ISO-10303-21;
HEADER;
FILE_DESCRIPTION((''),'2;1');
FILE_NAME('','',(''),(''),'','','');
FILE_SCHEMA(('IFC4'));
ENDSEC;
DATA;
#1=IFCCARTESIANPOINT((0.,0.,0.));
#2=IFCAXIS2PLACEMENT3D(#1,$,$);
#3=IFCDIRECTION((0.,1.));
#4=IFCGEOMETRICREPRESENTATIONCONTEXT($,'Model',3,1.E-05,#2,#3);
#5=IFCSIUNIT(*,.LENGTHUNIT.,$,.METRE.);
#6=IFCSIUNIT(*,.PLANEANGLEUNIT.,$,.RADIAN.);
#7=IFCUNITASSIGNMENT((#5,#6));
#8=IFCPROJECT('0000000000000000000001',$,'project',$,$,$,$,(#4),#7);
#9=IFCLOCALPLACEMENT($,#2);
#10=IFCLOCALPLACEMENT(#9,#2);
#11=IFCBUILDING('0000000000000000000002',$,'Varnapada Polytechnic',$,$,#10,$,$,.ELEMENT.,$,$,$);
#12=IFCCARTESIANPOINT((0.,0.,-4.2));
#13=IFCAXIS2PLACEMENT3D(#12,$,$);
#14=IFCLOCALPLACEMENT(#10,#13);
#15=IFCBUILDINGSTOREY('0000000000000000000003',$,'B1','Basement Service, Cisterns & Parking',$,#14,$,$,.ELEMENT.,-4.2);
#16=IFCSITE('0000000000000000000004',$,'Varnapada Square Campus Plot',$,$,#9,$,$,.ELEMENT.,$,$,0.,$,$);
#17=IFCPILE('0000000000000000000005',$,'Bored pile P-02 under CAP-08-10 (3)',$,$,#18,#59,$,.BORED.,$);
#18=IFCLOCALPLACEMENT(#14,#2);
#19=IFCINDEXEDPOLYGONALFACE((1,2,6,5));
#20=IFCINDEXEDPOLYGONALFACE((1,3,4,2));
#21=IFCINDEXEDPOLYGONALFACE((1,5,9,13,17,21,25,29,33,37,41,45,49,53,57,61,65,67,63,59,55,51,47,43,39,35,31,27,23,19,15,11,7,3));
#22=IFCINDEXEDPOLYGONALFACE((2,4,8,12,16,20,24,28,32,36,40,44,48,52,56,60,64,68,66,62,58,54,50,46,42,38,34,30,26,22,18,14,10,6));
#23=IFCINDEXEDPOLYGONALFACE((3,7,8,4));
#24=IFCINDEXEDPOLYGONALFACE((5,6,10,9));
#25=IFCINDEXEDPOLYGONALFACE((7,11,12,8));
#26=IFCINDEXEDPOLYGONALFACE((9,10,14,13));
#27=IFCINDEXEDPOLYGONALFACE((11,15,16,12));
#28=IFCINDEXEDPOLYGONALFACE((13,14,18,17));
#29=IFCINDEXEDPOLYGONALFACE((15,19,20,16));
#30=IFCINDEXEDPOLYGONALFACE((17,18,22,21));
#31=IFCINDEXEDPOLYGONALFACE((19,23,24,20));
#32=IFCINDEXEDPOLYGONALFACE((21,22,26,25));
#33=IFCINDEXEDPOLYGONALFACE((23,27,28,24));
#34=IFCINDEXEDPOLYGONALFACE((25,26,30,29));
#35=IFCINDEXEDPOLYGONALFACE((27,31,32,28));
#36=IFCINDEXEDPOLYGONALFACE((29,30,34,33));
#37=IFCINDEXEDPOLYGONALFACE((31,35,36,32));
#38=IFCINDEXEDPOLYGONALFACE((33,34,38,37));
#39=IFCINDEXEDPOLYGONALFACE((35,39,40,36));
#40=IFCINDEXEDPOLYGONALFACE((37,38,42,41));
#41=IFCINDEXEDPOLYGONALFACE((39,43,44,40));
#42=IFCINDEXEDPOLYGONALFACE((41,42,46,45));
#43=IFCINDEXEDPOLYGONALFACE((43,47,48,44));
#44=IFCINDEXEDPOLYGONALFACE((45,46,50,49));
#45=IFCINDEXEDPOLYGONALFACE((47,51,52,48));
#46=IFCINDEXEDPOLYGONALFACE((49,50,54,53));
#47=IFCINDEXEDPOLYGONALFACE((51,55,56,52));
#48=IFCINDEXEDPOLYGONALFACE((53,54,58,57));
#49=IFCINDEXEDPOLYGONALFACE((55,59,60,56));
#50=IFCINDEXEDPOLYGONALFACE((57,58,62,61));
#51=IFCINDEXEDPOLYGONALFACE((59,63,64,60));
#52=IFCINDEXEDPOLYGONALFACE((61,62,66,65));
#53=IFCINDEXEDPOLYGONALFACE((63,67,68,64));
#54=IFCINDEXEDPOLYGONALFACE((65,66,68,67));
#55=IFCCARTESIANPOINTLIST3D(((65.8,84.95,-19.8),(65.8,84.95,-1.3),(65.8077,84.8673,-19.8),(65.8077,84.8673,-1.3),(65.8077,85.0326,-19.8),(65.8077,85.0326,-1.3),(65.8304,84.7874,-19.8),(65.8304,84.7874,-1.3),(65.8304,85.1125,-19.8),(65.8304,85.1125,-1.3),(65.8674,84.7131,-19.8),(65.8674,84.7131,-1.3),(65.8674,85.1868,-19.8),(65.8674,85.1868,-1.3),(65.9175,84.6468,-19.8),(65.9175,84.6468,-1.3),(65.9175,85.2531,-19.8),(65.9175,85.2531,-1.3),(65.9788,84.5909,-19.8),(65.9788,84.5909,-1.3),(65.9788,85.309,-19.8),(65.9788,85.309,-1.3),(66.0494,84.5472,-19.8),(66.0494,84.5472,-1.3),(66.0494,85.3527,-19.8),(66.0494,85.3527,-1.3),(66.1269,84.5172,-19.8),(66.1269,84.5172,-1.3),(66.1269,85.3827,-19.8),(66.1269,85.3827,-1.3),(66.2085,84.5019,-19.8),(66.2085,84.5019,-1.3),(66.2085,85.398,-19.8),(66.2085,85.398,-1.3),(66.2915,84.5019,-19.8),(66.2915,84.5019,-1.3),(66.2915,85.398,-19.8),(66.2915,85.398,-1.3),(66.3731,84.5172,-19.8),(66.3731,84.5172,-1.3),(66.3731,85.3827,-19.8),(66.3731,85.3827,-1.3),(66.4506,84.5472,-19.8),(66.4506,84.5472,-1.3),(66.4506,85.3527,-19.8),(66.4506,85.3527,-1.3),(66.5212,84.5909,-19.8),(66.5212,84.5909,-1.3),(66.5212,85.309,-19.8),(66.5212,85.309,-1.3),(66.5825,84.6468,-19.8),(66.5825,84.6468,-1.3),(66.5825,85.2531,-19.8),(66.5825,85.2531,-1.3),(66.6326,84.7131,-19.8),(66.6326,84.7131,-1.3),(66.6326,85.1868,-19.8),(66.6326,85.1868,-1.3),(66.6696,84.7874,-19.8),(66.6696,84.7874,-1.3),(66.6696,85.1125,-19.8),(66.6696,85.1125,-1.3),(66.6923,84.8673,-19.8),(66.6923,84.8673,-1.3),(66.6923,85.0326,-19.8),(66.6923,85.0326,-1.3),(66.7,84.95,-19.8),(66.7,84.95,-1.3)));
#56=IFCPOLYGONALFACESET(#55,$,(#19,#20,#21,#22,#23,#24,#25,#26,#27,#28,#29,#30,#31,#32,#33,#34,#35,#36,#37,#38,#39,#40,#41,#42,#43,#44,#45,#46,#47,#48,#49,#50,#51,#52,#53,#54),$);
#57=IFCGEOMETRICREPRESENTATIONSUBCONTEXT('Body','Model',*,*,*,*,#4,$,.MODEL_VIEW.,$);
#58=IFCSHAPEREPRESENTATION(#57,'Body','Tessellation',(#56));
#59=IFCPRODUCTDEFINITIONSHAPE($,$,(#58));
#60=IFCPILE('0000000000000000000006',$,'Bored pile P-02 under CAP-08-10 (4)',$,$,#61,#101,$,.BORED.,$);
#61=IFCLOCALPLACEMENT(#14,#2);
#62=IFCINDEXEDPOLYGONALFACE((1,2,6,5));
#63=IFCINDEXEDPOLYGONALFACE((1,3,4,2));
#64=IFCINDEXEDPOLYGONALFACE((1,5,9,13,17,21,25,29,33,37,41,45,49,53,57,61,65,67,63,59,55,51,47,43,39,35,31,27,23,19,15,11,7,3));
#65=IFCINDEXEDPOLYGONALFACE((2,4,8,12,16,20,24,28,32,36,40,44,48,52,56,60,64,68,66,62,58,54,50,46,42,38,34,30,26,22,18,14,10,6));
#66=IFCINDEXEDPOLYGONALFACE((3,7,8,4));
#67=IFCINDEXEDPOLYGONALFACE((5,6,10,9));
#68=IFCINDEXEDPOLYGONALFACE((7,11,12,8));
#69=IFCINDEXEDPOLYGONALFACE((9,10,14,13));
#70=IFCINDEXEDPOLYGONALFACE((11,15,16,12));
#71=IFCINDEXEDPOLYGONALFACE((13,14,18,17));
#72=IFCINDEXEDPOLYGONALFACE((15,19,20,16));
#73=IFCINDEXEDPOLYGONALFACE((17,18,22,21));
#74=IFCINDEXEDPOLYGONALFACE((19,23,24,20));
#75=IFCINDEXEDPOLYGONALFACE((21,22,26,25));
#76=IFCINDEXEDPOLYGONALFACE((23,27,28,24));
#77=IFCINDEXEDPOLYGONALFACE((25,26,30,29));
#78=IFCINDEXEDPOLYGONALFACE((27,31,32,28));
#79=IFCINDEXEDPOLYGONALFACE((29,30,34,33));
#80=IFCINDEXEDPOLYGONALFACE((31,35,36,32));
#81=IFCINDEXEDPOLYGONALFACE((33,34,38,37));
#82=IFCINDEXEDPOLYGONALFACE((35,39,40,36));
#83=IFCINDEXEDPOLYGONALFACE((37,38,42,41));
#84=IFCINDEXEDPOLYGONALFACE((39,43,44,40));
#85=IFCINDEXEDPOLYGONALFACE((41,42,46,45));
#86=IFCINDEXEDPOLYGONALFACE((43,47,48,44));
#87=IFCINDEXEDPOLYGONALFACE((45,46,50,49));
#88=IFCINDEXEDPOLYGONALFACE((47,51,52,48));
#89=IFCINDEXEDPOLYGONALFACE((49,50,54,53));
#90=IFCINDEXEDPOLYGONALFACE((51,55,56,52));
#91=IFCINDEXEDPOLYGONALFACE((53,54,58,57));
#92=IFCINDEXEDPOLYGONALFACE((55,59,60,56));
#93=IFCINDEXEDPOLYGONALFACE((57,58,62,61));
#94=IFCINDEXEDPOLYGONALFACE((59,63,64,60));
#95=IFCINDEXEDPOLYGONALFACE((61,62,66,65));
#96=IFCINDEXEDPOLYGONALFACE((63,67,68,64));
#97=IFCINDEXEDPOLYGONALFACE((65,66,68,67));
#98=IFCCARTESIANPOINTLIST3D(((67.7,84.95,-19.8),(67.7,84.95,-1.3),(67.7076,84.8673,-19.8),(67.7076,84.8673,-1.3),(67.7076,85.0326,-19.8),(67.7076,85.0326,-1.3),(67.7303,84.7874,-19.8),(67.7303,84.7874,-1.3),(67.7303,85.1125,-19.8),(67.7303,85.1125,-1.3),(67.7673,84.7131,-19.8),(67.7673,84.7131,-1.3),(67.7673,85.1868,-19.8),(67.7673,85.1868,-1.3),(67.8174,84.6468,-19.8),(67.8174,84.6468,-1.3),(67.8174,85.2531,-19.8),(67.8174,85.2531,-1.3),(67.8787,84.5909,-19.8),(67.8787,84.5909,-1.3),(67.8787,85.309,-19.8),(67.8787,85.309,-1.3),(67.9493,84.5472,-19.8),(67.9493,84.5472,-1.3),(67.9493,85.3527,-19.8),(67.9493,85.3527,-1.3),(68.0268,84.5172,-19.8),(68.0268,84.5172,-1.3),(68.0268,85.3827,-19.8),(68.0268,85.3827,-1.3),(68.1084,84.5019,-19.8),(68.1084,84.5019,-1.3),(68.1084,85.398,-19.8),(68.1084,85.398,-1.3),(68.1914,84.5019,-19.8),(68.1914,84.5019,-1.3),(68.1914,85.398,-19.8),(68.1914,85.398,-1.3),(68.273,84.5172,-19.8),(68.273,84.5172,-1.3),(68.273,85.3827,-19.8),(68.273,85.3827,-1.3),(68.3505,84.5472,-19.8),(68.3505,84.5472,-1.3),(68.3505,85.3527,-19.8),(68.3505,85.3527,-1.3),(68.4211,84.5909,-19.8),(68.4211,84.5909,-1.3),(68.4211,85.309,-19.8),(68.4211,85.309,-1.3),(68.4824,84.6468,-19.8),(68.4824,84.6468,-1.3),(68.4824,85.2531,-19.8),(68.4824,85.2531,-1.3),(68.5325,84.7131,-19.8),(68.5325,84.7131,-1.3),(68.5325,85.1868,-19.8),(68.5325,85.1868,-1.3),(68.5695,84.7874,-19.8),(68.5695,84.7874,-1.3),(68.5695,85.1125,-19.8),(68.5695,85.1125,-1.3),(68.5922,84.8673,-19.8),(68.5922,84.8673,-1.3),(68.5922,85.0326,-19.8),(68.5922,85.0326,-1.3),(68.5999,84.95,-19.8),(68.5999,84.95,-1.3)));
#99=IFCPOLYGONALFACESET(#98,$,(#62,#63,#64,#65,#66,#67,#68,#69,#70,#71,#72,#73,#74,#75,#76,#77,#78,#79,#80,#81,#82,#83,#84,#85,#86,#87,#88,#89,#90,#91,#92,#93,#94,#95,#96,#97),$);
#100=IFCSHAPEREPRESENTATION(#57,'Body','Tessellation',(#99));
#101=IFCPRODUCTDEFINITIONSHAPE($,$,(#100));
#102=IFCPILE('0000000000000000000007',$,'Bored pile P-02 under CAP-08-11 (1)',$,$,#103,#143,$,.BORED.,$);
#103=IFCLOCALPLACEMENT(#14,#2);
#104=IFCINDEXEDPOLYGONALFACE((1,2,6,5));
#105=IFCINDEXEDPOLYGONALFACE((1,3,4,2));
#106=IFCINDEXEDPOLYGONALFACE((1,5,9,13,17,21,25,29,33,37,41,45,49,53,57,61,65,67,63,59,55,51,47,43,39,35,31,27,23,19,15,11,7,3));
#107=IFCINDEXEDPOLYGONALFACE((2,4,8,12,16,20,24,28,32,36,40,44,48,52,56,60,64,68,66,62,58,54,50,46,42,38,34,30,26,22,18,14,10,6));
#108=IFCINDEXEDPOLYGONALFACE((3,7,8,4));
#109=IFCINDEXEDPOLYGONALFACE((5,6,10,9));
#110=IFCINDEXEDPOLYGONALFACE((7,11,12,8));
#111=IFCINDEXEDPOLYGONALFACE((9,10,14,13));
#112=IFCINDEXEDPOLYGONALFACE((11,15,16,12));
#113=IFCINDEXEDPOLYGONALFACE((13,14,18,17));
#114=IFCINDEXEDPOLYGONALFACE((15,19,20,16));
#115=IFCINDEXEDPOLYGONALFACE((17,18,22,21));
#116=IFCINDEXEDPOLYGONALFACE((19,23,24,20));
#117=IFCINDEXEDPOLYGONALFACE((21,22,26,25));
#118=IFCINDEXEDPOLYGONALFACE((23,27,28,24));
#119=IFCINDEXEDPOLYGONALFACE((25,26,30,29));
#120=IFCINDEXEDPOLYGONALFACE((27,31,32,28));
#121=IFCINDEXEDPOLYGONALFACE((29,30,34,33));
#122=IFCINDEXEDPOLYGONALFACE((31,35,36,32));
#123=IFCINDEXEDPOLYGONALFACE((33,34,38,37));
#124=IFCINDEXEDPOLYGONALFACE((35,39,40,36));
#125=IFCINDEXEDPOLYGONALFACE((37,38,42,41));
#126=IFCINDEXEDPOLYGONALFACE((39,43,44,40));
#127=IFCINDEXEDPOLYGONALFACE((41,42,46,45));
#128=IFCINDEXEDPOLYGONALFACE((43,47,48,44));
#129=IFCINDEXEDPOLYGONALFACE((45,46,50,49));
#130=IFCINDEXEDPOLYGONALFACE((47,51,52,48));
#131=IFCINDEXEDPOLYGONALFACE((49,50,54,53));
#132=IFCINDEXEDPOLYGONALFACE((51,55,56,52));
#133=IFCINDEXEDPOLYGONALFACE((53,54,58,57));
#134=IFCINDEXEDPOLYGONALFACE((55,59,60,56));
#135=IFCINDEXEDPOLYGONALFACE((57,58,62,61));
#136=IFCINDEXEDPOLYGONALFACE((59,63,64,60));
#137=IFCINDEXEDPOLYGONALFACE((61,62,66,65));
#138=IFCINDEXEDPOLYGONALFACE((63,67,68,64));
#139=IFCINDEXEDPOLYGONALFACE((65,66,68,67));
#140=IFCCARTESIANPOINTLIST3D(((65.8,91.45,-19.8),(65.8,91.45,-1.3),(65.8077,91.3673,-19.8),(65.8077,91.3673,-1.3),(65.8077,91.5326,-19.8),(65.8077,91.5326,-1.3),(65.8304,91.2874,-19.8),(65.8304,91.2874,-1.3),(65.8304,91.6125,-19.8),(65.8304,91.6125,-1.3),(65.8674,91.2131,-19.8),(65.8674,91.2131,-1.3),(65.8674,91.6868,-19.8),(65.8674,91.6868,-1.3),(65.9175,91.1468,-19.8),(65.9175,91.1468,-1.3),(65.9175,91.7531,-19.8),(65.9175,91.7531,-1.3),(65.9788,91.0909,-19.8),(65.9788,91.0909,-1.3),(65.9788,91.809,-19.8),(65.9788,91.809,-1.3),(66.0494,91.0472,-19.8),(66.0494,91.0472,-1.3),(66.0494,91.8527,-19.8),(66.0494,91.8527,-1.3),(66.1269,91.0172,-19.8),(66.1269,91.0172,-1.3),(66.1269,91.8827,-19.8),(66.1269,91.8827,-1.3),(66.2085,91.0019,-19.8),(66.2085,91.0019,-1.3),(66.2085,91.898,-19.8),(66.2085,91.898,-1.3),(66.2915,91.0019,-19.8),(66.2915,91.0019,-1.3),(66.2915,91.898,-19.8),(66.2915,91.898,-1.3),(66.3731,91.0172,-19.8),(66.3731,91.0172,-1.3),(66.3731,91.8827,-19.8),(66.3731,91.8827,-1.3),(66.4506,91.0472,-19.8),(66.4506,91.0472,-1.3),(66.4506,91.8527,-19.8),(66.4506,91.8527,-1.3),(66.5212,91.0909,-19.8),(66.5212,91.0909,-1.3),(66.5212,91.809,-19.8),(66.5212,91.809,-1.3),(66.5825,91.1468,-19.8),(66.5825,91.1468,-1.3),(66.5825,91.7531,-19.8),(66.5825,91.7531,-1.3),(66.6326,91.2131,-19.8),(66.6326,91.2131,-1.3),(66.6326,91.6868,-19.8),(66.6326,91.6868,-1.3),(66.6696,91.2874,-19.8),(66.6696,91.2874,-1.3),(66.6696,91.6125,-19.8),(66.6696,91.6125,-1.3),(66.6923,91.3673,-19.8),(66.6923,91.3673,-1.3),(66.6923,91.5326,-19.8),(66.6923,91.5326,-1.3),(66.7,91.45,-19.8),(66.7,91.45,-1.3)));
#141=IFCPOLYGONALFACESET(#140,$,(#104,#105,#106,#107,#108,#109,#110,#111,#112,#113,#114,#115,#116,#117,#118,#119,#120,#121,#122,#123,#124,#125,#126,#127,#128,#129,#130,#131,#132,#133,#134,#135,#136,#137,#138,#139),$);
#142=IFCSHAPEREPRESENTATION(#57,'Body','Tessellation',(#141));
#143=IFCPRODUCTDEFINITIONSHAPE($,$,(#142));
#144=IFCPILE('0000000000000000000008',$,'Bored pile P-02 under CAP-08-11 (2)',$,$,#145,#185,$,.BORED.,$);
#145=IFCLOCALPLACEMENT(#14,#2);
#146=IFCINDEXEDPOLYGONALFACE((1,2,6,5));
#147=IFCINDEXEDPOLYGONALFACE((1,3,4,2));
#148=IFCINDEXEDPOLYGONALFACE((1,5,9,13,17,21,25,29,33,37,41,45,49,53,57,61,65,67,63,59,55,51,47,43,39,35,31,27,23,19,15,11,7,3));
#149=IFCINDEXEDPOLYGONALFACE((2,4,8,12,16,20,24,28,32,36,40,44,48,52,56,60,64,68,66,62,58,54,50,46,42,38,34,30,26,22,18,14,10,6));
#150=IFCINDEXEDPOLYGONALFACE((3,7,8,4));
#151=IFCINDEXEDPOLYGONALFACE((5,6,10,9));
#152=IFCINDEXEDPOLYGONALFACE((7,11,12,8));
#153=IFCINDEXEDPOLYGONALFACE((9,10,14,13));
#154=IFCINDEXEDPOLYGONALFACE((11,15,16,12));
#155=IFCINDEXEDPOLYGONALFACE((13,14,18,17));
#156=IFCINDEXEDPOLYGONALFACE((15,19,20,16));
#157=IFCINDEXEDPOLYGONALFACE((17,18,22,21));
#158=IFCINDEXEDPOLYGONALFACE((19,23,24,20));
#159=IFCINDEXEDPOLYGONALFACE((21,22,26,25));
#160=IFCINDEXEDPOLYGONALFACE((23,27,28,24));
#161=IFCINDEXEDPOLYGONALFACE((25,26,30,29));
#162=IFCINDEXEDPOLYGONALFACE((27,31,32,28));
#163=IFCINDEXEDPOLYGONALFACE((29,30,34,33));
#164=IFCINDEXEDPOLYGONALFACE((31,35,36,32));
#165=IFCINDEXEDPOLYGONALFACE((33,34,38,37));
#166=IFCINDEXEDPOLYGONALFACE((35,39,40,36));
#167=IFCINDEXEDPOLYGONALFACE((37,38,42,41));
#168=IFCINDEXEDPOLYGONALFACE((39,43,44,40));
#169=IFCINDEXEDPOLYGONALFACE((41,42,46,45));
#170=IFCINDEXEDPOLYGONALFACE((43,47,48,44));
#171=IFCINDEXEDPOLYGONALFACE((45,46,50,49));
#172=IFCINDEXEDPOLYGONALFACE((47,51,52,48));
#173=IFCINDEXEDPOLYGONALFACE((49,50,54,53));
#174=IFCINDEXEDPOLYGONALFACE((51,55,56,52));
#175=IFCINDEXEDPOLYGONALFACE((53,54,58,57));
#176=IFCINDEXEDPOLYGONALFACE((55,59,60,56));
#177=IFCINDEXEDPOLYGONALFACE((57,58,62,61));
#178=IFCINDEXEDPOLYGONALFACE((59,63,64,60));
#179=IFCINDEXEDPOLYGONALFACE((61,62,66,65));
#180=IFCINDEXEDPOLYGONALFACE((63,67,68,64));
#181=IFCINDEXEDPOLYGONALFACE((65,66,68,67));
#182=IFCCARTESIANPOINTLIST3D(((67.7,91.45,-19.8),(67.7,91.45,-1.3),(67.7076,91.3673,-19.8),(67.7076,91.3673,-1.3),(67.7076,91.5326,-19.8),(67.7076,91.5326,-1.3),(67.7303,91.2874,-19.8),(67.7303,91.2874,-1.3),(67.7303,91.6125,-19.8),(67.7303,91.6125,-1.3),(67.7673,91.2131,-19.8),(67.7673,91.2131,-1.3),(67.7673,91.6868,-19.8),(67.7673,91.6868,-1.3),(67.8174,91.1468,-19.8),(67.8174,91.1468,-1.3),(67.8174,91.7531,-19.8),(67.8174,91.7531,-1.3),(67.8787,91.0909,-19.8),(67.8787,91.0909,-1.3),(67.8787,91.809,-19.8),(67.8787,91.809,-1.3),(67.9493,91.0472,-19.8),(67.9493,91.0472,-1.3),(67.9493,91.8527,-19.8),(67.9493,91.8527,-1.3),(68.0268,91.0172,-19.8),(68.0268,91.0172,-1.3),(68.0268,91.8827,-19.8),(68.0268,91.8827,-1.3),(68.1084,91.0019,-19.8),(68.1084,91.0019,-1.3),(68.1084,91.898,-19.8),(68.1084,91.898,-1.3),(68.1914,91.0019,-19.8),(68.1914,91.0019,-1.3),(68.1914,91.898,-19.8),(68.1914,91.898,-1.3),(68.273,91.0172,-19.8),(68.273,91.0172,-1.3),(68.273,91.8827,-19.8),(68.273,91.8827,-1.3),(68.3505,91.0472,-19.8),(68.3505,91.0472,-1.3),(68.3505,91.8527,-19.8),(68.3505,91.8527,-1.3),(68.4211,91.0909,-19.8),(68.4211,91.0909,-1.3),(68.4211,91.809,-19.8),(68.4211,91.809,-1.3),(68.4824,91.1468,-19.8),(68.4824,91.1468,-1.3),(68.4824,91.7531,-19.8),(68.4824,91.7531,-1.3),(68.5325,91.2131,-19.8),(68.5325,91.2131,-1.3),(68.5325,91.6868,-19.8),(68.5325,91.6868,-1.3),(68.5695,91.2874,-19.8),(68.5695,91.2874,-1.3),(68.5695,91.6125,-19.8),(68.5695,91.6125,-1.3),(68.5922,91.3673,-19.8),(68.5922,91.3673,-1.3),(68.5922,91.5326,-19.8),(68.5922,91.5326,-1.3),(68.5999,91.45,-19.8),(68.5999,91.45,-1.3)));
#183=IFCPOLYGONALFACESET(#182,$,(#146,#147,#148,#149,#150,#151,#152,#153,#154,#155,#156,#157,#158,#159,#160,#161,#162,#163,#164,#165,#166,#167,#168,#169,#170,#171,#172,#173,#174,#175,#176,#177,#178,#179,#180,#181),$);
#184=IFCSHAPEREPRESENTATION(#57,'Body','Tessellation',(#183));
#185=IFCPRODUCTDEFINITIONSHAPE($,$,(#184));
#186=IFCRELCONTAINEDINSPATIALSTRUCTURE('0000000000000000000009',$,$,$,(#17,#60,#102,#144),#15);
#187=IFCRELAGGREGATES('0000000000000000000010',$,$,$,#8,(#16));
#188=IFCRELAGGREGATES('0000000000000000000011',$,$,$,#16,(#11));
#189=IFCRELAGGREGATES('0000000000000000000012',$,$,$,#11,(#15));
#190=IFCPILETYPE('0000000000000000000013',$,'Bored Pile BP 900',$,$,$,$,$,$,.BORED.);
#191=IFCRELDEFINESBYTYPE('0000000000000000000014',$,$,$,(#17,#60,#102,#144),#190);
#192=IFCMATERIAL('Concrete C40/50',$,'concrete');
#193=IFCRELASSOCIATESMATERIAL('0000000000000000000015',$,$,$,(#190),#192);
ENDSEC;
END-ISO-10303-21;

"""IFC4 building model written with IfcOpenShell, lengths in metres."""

from ifc_helpers import new_model, si_unit, direction, frame, origin, origin_2d, place, context, subcontext, project, spatial, circle, extrude, material, material_profile, profile_set, type_object, element, save


model = new_model("IFC4")

# Units and contexts
model_context = context("Model", 3, precision=1e-05, world=origin(), true_north=direction((0.0, 1.0)))
body_context = subcontext(model_context, "Body", "Model", "MODEL_VIEW")
ifc_project = project(units=[si_unit("LENGTHUNIT", "METRE"), si_unit("PLANEANGLEUNIT", "RADIAN")], contexts=[model_context])

# Site, building, storey
site_placement = place(None, origin())
site = spatial("IfcSite", under=ifc_project, at=site_placement, Name="Varnapada Square Campus Plot", CompositionType="ELEMENT", RefElevation=0.0)
building_placement = place(site_placement, origin())
building = spatial("IfcBuilding", under=site, at=building_placement, Name="Varnapada Polytechnic", CompositionType="ELEMENT")
storey_placement = place(building_placement, frame((0.0, 0.0, -4.2)))
storey = spatial("IfcBuildingStorey", under=building, at=storey_placement, Name="B1", Description="Basement Service, Cisterns & Parking", CompositionType="ELEMENT", Elevation=-4.2)

# Piles
ifc_material_1 = material(Name="Concrete C40/50", Category="concrete")
ifc_material_profile_1 = material_profile(ifc_material_1, circle(Radius=0.45, at=origin_2d()), Name="BP 900")
ifc_profile_set_1 = profile_set([ifc_material_profile_1], Name="Concrete C40/50")
pile_type_1 = type_object("IfcPileType", Name="Bored Pile BP 900", PredefinedType="BORED", material=ifc_profile_set_1)
for number, where, z_axis, x_axis, name in (
    (1, (66.25, 84.95, -1.3), (0.0, 0.0, -1.0), (1.0, 0.0, 0.0), "Bored pile P-02 under CAP-08-10 (3)"),
    (2, (68.1499, 84.95, -1.3), (0.0, 0.0, -1.0), (1.0, 0.0, 0.0), "Bored pile P-02 under CAP-08-10 (4)"),
    (3, (66.25, 91.45, -1.3), (0.0, 0.0, -1.0), (1.0, 0.0, 0.0), "Bored pile P-02 under CAP-08-11 (1)"),
    (4, (68.1499, 91.45, -1.3), (0.0, 0.0, -1.0), (1.0, 0.0, 0.0), "Bored pile P-02 under CAP-08-11 (2)"),
):
    element("IfcPile", number, at=place(storey_placement, frame(where, z_axis=z_axis, x_axis=x_axis)), inside=storey, type_object=pile_type_1, Name=name, PredefinedType="BORED", context=body_context, shape_type="SweptSolid", body=[
        extrude(circle(Radius=0.45, at=origin_2d()), origin(), (0.0, 0.0, 1.0), 18.5),
    ])

save(model, "model.ifc")
